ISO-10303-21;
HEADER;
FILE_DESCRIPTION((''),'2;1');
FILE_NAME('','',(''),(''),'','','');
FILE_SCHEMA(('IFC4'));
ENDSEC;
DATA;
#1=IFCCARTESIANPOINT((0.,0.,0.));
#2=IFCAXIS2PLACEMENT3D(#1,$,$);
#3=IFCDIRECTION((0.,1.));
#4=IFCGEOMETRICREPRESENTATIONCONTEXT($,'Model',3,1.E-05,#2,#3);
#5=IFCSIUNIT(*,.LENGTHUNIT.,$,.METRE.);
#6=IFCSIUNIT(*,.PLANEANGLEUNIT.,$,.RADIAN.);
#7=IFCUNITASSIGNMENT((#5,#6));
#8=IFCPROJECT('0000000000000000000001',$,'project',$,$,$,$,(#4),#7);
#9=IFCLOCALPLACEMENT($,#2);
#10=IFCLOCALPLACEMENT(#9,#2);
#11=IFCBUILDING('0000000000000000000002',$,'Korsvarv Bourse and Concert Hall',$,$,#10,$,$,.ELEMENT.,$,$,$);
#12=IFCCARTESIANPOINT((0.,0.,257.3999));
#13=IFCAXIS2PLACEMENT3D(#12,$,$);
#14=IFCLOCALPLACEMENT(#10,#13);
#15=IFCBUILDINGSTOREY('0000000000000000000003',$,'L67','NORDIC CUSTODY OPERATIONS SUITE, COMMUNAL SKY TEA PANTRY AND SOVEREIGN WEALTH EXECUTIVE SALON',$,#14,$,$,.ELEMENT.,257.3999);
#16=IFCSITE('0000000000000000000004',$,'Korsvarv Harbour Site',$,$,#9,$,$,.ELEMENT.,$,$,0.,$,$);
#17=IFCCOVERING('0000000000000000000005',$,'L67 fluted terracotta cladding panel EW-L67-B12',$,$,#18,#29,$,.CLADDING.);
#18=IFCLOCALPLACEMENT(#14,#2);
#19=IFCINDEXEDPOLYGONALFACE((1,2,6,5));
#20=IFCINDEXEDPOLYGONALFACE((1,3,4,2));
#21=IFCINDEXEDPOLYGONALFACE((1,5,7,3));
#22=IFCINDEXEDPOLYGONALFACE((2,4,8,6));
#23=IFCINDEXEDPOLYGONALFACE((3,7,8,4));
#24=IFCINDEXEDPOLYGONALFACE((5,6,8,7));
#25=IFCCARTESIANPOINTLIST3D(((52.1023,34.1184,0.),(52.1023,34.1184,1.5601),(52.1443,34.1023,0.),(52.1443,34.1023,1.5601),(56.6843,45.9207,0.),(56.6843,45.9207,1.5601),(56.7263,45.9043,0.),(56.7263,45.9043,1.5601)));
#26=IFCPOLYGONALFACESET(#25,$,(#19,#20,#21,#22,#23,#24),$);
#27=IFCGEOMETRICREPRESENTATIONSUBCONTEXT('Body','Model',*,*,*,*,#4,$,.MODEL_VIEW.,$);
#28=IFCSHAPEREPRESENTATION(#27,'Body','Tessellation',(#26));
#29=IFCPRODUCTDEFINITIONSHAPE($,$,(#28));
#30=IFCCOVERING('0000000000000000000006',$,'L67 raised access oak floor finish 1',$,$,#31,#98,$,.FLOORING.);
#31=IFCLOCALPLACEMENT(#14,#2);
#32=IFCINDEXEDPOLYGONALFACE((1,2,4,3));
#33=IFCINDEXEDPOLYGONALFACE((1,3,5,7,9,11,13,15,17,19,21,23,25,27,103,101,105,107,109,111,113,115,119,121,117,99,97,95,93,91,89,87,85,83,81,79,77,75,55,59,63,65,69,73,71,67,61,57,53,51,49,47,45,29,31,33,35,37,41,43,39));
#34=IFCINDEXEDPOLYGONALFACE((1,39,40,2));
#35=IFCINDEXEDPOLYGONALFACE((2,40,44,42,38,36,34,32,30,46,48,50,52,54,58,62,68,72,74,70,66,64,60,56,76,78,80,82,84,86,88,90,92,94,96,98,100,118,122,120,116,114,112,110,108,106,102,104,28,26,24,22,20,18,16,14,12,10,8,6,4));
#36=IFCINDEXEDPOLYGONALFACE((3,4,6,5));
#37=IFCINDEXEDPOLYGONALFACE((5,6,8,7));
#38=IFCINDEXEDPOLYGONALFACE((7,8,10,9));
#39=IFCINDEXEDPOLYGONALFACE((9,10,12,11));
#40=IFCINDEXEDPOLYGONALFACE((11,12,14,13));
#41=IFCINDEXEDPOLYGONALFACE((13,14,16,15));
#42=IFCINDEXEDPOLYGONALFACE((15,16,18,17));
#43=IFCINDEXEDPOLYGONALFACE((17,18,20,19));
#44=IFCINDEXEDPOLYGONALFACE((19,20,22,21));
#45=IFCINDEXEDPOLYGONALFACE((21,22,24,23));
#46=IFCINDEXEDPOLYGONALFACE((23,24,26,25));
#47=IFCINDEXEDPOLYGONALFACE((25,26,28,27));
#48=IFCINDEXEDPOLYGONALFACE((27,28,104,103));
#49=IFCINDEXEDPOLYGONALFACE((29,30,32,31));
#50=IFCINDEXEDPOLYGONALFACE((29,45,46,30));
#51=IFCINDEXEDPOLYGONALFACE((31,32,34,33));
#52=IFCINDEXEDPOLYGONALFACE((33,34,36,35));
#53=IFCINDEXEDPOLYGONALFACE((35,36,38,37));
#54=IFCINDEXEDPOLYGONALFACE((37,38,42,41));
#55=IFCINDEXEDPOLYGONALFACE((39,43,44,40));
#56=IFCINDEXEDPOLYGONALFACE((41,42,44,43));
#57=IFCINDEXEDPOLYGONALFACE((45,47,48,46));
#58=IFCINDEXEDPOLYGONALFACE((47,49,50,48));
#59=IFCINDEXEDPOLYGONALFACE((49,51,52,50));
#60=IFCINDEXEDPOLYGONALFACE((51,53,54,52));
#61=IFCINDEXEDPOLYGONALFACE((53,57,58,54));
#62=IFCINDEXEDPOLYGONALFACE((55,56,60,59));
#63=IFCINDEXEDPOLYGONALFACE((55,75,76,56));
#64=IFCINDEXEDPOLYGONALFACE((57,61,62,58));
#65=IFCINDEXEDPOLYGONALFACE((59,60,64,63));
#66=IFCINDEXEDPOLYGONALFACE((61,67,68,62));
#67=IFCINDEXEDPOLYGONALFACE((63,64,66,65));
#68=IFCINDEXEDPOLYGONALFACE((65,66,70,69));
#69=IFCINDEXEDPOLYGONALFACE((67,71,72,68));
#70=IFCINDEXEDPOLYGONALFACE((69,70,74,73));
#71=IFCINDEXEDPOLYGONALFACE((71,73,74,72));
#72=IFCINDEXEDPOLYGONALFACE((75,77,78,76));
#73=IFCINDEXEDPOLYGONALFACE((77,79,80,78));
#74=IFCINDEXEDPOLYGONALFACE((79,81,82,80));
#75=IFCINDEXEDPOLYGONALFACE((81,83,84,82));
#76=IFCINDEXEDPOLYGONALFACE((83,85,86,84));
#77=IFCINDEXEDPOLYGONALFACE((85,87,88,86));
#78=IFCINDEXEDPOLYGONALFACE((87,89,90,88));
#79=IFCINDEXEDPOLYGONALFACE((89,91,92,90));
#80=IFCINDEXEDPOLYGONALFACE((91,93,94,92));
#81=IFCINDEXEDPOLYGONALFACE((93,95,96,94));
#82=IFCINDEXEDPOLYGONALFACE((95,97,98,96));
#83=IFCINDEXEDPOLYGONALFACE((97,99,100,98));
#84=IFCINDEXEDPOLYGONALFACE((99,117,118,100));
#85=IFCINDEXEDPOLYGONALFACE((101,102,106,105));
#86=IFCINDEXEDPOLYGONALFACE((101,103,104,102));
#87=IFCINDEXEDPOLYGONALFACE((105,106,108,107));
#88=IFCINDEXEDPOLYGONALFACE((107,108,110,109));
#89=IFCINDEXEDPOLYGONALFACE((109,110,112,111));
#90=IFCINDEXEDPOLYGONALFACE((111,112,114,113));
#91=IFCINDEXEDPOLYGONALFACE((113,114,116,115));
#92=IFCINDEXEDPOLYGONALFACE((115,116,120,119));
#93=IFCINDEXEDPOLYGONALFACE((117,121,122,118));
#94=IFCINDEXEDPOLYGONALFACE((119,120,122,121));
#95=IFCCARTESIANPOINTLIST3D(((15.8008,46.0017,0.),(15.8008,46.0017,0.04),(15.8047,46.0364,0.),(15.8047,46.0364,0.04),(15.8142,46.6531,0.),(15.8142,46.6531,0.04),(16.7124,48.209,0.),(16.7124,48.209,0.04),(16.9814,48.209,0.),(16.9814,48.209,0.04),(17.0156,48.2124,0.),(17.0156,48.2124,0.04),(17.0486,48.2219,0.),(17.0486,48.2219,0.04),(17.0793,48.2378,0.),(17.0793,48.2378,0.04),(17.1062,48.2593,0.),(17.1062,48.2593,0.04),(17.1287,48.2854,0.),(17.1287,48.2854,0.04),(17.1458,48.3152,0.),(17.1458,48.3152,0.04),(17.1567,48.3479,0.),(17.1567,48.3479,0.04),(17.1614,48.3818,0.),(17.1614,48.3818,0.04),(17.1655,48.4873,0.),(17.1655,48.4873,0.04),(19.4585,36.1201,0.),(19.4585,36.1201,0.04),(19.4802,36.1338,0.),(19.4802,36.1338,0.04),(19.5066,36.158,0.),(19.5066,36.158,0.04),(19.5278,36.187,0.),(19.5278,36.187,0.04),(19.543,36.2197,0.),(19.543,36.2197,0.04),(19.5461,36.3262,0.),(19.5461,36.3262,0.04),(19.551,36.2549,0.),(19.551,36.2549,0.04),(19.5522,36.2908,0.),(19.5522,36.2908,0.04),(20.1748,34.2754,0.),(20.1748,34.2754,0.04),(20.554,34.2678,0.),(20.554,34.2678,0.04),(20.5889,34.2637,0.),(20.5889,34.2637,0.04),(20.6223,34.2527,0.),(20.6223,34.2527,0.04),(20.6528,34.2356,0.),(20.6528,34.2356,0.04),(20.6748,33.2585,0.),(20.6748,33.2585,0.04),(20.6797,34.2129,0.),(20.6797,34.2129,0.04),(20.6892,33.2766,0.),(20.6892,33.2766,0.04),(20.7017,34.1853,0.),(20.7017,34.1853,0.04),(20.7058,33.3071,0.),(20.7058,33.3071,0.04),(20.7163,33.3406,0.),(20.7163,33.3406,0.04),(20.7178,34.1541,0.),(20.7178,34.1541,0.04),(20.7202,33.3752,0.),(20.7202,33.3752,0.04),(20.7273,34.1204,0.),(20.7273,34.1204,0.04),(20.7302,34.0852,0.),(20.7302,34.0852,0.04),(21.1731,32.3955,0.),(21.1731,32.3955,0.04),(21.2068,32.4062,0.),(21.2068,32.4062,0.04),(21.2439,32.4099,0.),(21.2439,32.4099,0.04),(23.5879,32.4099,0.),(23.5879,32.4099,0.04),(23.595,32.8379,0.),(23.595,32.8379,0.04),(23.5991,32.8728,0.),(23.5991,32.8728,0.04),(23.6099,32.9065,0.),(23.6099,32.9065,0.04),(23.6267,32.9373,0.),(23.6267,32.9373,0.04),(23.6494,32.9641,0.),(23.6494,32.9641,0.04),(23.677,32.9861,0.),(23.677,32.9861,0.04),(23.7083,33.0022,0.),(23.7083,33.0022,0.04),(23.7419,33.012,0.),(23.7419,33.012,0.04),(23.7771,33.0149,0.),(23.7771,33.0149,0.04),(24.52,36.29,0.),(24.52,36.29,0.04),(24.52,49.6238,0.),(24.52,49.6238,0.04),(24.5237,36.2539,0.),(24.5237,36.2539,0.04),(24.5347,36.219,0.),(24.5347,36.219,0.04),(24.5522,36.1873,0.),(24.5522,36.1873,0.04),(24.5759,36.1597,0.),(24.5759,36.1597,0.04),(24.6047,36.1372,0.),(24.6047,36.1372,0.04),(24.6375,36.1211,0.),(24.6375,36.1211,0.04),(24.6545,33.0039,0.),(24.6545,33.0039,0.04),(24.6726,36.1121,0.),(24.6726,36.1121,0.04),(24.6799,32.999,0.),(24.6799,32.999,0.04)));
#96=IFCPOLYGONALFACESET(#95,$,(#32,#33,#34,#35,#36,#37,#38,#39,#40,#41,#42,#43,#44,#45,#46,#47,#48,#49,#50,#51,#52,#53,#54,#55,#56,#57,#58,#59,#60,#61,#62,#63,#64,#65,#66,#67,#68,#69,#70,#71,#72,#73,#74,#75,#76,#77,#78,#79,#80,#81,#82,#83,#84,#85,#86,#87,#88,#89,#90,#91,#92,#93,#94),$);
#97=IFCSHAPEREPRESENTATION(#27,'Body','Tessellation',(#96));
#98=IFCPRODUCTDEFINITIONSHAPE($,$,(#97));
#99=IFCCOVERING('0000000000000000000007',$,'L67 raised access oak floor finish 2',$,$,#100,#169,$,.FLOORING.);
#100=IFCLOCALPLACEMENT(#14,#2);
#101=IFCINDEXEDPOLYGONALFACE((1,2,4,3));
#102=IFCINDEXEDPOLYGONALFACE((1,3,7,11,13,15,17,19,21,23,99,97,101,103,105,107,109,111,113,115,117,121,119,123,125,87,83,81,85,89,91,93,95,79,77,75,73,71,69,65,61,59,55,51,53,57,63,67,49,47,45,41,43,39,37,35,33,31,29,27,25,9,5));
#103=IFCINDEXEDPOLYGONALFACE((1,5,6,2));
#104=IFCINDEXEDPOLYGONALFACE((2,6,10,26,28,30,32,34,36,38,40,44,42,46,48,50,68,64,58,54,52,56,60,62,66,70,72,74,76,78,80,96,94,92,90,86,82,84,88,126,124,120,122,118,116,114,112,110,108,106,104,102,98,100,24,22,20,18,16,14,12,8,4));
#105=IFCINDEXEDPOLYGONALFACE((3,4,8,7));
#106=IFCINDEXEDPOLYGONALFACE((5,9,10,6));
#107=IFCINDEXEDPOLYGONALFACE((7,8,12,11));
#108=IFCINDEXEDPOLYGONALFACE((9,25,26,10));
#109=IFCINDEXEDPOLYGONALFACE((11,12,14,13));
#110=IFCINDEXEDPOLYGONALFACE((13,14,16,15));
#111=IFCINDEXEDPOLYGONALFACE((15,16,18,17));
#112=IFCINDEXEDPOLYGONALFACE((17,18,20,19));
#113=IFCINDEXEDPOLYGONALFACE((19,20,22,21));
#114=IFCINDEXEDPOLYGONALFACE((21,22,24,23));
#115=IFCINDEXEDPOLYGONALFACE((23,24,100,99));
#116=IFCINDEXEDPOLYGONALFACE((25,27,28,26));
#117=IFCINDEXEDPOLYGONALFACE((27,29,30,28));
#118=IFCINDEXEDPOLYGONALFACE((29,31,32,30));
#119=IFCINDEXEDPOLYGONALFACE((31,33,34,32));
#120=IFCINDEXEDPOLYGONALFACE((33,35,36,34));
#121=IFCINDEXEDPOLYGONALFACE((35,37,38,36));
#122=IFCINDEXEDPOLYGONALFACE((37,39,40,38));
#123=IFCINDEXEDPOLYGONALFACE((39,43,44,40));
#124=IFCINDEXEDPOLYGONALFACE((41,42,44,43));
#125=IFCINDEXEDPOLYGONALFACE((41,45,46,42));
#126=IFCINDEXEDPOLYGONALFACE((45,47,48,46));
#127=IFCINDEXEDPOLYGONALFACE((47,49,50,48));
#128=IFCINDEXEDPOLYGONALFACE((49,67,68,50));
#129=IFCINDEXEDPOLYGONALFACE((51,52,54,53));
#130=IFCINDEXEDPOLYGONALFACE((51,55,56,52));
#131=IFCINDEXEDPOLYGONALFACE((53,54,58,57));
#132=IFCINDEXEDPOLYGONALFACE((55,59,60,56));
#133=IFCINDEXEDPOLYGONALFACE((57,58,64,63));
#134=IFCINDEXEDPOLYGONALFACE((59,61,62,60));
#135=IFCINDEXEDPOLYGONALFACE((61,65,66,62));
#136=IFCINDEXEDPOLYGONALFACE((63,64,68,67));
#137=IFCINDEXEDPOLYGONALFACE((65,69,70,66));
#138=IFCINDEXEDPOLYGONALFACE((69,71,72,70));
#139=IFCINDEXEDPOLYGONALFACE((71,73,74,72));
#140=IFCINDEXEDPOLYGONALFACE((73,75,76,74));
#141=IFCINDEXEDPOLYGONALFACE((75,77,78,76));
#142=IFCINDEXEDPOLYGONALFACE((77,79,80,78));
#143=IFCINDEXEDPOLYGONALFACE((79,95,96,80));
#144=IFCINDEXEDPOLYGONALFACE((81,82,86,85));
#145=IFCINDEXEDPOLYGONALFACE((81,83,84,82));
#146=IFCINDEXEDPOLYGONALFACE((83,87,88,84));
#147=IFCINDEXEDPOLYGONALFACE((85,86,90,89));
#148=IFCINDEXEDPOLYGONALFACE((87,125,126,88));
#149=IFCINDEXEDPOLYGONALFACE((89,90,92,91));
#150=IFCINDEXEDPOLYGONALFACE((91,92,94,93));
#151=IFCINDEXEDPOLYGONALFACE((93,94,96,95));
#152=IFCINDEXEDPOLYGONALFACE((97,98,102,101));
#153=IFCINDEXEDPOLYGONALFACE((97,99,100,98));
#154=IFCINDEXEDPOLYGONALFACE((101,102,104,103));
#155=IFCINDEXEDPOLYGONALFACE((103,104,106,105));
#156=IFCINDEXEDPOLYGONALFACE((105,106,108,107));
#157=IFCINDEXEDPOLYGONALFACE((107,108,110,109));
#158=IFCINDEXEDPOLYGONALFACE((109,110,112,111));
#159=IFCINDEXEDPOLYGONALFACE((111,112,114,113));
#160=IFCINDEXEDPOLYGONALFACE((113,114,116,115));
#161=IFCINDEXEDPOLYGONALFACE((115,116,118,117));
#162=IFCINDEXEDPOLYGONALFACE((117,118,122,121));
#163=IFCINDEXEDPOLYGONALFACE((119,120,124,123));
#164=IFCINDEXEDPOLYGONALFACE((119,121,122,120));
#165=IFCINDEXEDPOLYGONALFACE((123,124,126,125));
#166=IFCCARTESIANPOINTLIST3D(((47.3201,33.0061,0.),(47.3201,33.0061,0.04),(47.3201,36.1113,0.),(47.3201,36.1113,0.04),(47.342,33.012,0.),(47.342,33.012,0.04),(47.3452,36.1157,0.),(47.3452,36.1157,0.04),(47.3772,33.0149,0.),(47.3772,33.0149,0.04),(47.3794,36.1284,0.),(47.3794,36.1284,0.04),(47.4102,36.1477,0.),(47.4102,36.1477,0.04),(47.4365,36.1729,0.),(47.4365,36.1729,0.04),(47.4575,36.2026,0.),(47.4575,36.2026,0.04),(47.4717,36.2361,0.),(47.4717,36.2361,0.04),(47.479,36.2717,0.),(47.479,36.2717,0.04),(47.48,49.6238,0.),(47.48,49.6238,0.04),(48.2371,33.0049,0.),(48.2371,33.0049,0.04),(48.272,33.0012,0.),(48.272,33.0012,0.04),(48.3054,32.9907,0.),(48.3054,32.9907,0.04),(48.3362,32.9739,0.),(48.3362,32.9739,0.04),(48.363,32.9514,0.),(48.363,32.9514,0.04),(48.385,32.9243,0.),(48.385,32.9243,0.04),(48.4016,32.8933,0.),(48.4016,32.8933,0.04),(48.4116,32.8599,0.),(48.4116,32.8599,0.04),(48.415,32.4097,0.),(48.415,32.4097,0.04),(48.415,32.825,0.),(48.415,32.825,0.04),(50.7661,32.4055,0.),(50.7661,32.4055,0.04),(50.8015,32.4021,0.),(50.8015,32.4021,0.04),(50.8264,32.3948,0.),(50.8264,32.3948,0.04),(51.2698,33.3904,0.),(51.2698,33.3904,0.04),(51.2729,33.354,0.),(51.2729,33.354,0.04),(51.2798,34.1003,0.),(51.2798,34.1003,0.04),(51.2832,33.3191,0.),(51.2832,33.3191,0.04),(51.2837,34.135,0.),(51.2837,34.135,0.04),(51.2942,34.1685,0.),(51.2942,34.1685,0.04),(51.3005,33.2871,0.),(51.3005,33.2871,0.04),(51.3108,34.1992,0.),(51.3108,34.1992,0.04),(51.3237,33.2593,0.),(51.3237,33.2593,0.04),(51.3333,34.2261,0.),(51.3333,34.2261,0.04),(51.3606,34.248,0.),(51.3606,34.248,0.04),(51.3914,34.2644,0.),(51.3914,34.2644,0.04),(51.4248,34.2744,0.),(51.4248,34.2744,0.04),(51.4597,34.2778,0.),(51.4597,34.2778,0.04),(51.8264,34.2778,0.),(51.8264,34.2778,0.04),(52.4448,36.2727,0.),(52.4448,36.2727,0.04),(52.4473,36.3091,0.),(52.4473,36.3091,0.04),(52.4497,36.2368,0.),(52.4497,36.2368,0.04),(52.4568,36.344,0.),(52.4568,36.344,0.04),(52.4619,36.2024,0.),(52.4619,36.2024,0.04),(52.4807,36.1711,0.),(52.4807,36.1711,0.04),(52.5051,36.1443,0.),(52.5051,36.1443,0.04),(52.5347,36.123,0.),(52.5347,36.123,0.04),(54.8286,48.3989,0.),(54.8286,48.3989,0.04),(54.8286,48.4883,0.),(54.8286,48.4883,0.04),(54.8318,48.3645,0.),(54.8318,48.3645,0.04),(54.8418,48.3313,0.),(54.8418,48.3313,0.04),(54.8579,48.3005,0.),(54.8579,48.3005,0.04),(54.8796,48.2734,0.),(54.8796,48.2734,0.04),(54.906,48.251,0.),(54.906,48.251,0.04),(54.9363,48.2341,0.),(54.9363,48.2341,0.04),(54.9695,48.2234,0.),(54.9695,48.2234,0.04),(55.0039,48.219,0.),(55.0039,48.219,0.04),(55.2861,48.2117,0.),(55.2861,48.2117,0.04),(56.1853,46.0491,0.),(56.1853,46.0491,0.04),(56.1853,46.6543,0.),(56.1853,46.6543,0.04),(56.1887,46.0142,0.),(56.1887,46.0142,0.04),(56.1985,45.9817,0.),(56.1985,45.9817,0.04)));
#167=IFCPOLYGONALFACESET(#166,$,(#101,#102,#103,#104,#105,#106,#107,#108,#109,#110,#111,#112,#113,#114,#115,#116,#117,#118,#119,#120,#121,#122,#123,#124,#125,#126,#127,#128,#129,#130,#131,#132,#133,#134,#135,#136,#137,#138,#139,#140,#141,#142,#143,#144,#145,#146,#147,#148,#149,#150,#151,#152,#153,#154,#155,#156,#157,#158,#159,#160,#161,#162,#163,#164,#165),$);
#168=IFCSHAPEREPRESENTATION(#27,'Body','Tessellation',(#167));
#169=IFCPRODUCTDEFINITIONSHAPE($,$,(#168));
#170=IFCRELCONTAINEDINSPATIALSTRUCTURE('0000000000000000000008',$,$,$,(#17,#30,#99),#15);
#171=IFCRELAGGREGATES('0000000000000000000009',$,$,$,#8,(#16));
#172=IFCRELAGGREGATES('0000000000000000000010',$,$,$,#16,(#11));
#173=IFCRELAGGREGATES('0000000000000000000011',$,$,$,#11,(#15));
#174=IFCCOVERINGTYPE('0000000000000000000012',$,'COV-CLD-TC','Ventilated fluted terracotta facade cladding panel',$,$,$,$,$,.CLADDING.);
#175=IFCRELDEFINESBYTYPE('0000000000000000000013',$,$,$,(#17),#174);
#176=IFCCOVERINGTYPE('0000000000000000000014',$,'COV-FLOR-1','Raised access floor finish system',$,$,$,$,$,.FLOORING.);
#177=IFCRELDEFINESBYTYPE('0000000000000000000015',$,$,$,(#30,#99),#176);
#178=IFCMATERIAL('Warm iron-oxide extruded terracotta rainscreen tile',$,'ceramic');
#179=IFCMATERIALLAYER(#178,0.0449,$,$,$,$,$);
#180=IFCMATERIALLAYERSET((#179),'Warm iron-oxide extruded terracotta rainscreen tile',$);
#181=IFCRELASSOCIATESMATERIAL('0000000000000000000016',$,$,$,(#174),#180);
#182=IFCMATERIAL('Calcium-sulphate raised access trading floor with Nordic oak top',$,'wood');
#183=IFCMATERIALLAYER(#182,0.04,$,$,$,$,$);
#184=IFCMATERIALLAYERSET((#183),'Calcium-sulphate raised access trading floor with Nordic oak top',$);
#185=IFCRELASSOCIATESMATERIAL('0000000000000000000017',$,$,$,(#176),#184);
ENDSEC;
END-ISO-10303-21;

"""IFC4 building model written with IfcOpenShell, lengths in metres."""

from ifc_helpers import new_model, si_unit, direction, frame, origin, place, context, subcontext, project, spatial, polyline, outline, extrude, material, layer, layer_set, type_object, element, save


model = new_model("IFC4")

# Units and contexts
model_context = context("Model", 3, precision=1e-05, world=origin(), true_north=direction((0.0, 1.0)))
body_context = subcontext(model_context, "Body", "Model", "MODEL_VIEW")
ifc_project = project(units=[si_unit("LENGTHUNIT", "METRE"), si_unit("PLANEANGLEUNIT", "RADIAN")], contexts=[model_context])

# Site, building, storey
site_placement = place(None, origin())
site = spatial("IfcSite", under=ifc_project, at=site_placement, Name="Korsvarv Harbour Site", CompositionType="ELEMENT", RefElevation=0.0)
building_placement = place(site_placement, origin())
building = spatial("IfcBuilding", under=site, at=building_placement, Name="Korsvarv Bourse and Concert Hall", CompositionType="ELEMENT")
storey_placement = place(building_placement, frame((0.0, 0.0, 257.3999)))
storey = spatial("IfcBuildingStorey", under=building, at=storey_placement, Name="L67", Description="NORDIC CUSTODY OPERATIONS SUITE, COMMUNAL SKY TEA PANTRY AND SOVEREIGN WEALTH EXECUTIVE SALON", CompositionType="ELEMENT", Elevation=257.3999)

# Coverings
ifc_material_1 = material(Name="Warm iron-oxide extruded terracotta rainscreen tile", Category="ceramic")
ifc_layer_1 = layer(ifc_material_1, 0.0449)
ifc_layer_set_1 = layer_set([ifc_layer_1], Name="Warm iron-oxide extruded terracotta rainscreen tile")
covering_type_1 = type_object("IfcCoveringType", Name="COV-CLD-TC", Description="Ventilated fluted terracotta facade cladding panel", PredefinedType="CLADDING", material=ifc_layer_set_1)
covering_1_placement = place(storey_placement, origin())
element("IfcCovering", 1, at=covering_1_placement, inside=storey, type_object=covering_type_1, Name="L67 fluted terracotta cladding panel EW-L67-B12", PredefinedType="CLADDING", context=body_context, shape_type="SweptSolid", body=[
    extrude(outline(polyline([(52.1023, 34.1184), (56.6843, 45.9207), (56.7263, 45.9043), (52.1443, 34.1023), (52.1023, 34.1184)])), origin(), (0.0, 0.0, 1.0), 1.5601),
])
ifc_material_2 = material(Name="Calcium-sulphate raised access trading floor with Nordic oak top", Category="wood")
ifc_layer_2 = layer(ifc_material_2, 0.04)
ifc_layer_set_2 = layer_set([ifc_layer_2], Name="Calcium-sulphate raised access trading floor with Nordic oak top")
covering_type_2 = type_object("IfcCoveringType", Name="COV-FLOR-1", Description="Raised access floor finish system", PredefinedType="FLOORING", material=ifc_layer_set_2)
covering_2_placement = place(storey_placement, origin())
element("IfcCovering", 2, at=covering_2_placement, inside=storey, type_object=covering_type_2, Name="L67 raised access oak floor finish 1", PredefinedType="FLOORING", context=body_context, shape_type="SweptSolid", body=[
    extrude(outline(polyline([(15.8008, 46.0017), (15.8047, 46.0364), (15.8142, 46.6531), (16.7124, 48.209), (16.9814, 48.209), (17.0156, 48.2124), (17.0486, 48.2219), (17.0793, 48.2378), (17.1062, 48.2593), (17.1287, 48.2854), (17.1458, 48.3152), (17.1567, 48.3479), (17.1614, 48.3818), (17.1655, 48.4873), (24.52, 49.6238), (24.52, 36.29), (24.5237, 36.2539), (24.5347, 36.219), (24.5522, 36.1873), (24.5759, 36.1597), (24.6047, 36.1372), (24.6375, 36.1211), (24.6726, 36.1121), (24.6799, 32.999), (24.6545, 33.0039), (23.7771, 33.0149), (23.7419, 33.012), (23.7083, 33.0022), (23.677, 32.9861), (23.6494, 32.9641), (23.6267, 32.9373), (23.6099, 32.9065), (23.5991, 32.8728), (23.595, 32.8379), (23.5879, 32.4099), (21.2439, 32.4099), (21.2068, 32.4062), (21.1731, 32.3955), (20.6748, 33.2585), (20.6892, 33.2766), (20.7058, 33.3071), (20.7163, 33.3406), (20.7202, 33.3752), (20.7302, 34.0852), (20.7273, 34.1204), (20.7178, 34.1541), (20.7017, 34.1853), (20.6797, 34.2129), (20.6528, 34.2356), (20.6223, 34.2527), (20.5889, 34.2637), (20.554, 34.2678), (20.1748, 34.2754), (19.4585, 36.1201), (19.4802, 36.1338), (19.5066, 36.158), (19.5278, 36.187), (19.543, 36.2197), (19.551, 36.2549), (19.5522, 36.2908), (19.5461, 36.3262), (15.8008, 46.0017)])), origin(), (0.0, 0.0, 1.0), 0.04),
])
covering_3_placement = place(storey_placement, origin())
element("IfcCovering", 3, at=covering_3_placement, inside=storey, type_object=covering_type_2, Name="L67 raised access oak floor finish 2", PredefinedType="FLOORING", context=body_context, shape_type="SweptSolid", body=[
    extrude(outline(polyline([(47.3201, 36.1113), (47.3452, 36.1157), (47.3794, 36.1284), (47.4102, 36.1477), (47.4365, 36.1729), (47.4575, 36.2026), (47.4717, 36.2361), (47.479, 36.2717), (47.48, 49.6238), (54.8286, 48.4883), (54.8286, 48.3989), (54.8318, 48.3645), (54.8418, 48.3313), (54.8579, 48.3005), (54.8796, 48.2734), (54.906, 48.251), (54.9363, 48.2341), (54.9695, 48.2234), (55.0039, 48.219), (55.2861, 48.2117), (56.1853, 46.6543), (56.1853, 46.0491), (56.1887, 46.0142), (56.1985, 45.9817), (52.4568, 36.344), (52.4473, 36.3091), (52.4448, 36.2727), (52.4497, 36.2368), (52.4619, 36.2024), (52.4807, 36.1711), (52.5051, 36.1443), (52.5347, 36.123), (51.8264, 34.2778), (51.4597, 34.2778), (51.4248, 34.2744), (51.3914, 34.2644), (51.3606, 34.248), (51.3333, 34.2261), (51.3108, 34.1992), (51.2942, 34.1685), (51.2837, 34.135), (51.2798, 34.1003), (51.2698, 33.3904), (51.2729, 33.354), (51.2832, 33.3191), (51.3005, 33.2871), (51.3237, 33.2593), (50.8264, 32.3948), (50.8015, 32.4021), (50.7661, 32.4055), (48.415, 32.4097), (48.415, 32.825), (48.4116, 32.8599), (48.4016, 32.8933), (48.385, 32.9243), (48.363, 32.9514), (48.3362, 32.9739), (48.3054, 32.9907), (48.272, 33.0012), (48.2371, 33.0049), (47.3772, 33.0149), (47.342, 33.012), (47.3201, 33.0061), (47.3201, 36.1113)])), origin(), (0.0, 0.0, 1.0), 0.04),
])

save(model, "model.ifc")
